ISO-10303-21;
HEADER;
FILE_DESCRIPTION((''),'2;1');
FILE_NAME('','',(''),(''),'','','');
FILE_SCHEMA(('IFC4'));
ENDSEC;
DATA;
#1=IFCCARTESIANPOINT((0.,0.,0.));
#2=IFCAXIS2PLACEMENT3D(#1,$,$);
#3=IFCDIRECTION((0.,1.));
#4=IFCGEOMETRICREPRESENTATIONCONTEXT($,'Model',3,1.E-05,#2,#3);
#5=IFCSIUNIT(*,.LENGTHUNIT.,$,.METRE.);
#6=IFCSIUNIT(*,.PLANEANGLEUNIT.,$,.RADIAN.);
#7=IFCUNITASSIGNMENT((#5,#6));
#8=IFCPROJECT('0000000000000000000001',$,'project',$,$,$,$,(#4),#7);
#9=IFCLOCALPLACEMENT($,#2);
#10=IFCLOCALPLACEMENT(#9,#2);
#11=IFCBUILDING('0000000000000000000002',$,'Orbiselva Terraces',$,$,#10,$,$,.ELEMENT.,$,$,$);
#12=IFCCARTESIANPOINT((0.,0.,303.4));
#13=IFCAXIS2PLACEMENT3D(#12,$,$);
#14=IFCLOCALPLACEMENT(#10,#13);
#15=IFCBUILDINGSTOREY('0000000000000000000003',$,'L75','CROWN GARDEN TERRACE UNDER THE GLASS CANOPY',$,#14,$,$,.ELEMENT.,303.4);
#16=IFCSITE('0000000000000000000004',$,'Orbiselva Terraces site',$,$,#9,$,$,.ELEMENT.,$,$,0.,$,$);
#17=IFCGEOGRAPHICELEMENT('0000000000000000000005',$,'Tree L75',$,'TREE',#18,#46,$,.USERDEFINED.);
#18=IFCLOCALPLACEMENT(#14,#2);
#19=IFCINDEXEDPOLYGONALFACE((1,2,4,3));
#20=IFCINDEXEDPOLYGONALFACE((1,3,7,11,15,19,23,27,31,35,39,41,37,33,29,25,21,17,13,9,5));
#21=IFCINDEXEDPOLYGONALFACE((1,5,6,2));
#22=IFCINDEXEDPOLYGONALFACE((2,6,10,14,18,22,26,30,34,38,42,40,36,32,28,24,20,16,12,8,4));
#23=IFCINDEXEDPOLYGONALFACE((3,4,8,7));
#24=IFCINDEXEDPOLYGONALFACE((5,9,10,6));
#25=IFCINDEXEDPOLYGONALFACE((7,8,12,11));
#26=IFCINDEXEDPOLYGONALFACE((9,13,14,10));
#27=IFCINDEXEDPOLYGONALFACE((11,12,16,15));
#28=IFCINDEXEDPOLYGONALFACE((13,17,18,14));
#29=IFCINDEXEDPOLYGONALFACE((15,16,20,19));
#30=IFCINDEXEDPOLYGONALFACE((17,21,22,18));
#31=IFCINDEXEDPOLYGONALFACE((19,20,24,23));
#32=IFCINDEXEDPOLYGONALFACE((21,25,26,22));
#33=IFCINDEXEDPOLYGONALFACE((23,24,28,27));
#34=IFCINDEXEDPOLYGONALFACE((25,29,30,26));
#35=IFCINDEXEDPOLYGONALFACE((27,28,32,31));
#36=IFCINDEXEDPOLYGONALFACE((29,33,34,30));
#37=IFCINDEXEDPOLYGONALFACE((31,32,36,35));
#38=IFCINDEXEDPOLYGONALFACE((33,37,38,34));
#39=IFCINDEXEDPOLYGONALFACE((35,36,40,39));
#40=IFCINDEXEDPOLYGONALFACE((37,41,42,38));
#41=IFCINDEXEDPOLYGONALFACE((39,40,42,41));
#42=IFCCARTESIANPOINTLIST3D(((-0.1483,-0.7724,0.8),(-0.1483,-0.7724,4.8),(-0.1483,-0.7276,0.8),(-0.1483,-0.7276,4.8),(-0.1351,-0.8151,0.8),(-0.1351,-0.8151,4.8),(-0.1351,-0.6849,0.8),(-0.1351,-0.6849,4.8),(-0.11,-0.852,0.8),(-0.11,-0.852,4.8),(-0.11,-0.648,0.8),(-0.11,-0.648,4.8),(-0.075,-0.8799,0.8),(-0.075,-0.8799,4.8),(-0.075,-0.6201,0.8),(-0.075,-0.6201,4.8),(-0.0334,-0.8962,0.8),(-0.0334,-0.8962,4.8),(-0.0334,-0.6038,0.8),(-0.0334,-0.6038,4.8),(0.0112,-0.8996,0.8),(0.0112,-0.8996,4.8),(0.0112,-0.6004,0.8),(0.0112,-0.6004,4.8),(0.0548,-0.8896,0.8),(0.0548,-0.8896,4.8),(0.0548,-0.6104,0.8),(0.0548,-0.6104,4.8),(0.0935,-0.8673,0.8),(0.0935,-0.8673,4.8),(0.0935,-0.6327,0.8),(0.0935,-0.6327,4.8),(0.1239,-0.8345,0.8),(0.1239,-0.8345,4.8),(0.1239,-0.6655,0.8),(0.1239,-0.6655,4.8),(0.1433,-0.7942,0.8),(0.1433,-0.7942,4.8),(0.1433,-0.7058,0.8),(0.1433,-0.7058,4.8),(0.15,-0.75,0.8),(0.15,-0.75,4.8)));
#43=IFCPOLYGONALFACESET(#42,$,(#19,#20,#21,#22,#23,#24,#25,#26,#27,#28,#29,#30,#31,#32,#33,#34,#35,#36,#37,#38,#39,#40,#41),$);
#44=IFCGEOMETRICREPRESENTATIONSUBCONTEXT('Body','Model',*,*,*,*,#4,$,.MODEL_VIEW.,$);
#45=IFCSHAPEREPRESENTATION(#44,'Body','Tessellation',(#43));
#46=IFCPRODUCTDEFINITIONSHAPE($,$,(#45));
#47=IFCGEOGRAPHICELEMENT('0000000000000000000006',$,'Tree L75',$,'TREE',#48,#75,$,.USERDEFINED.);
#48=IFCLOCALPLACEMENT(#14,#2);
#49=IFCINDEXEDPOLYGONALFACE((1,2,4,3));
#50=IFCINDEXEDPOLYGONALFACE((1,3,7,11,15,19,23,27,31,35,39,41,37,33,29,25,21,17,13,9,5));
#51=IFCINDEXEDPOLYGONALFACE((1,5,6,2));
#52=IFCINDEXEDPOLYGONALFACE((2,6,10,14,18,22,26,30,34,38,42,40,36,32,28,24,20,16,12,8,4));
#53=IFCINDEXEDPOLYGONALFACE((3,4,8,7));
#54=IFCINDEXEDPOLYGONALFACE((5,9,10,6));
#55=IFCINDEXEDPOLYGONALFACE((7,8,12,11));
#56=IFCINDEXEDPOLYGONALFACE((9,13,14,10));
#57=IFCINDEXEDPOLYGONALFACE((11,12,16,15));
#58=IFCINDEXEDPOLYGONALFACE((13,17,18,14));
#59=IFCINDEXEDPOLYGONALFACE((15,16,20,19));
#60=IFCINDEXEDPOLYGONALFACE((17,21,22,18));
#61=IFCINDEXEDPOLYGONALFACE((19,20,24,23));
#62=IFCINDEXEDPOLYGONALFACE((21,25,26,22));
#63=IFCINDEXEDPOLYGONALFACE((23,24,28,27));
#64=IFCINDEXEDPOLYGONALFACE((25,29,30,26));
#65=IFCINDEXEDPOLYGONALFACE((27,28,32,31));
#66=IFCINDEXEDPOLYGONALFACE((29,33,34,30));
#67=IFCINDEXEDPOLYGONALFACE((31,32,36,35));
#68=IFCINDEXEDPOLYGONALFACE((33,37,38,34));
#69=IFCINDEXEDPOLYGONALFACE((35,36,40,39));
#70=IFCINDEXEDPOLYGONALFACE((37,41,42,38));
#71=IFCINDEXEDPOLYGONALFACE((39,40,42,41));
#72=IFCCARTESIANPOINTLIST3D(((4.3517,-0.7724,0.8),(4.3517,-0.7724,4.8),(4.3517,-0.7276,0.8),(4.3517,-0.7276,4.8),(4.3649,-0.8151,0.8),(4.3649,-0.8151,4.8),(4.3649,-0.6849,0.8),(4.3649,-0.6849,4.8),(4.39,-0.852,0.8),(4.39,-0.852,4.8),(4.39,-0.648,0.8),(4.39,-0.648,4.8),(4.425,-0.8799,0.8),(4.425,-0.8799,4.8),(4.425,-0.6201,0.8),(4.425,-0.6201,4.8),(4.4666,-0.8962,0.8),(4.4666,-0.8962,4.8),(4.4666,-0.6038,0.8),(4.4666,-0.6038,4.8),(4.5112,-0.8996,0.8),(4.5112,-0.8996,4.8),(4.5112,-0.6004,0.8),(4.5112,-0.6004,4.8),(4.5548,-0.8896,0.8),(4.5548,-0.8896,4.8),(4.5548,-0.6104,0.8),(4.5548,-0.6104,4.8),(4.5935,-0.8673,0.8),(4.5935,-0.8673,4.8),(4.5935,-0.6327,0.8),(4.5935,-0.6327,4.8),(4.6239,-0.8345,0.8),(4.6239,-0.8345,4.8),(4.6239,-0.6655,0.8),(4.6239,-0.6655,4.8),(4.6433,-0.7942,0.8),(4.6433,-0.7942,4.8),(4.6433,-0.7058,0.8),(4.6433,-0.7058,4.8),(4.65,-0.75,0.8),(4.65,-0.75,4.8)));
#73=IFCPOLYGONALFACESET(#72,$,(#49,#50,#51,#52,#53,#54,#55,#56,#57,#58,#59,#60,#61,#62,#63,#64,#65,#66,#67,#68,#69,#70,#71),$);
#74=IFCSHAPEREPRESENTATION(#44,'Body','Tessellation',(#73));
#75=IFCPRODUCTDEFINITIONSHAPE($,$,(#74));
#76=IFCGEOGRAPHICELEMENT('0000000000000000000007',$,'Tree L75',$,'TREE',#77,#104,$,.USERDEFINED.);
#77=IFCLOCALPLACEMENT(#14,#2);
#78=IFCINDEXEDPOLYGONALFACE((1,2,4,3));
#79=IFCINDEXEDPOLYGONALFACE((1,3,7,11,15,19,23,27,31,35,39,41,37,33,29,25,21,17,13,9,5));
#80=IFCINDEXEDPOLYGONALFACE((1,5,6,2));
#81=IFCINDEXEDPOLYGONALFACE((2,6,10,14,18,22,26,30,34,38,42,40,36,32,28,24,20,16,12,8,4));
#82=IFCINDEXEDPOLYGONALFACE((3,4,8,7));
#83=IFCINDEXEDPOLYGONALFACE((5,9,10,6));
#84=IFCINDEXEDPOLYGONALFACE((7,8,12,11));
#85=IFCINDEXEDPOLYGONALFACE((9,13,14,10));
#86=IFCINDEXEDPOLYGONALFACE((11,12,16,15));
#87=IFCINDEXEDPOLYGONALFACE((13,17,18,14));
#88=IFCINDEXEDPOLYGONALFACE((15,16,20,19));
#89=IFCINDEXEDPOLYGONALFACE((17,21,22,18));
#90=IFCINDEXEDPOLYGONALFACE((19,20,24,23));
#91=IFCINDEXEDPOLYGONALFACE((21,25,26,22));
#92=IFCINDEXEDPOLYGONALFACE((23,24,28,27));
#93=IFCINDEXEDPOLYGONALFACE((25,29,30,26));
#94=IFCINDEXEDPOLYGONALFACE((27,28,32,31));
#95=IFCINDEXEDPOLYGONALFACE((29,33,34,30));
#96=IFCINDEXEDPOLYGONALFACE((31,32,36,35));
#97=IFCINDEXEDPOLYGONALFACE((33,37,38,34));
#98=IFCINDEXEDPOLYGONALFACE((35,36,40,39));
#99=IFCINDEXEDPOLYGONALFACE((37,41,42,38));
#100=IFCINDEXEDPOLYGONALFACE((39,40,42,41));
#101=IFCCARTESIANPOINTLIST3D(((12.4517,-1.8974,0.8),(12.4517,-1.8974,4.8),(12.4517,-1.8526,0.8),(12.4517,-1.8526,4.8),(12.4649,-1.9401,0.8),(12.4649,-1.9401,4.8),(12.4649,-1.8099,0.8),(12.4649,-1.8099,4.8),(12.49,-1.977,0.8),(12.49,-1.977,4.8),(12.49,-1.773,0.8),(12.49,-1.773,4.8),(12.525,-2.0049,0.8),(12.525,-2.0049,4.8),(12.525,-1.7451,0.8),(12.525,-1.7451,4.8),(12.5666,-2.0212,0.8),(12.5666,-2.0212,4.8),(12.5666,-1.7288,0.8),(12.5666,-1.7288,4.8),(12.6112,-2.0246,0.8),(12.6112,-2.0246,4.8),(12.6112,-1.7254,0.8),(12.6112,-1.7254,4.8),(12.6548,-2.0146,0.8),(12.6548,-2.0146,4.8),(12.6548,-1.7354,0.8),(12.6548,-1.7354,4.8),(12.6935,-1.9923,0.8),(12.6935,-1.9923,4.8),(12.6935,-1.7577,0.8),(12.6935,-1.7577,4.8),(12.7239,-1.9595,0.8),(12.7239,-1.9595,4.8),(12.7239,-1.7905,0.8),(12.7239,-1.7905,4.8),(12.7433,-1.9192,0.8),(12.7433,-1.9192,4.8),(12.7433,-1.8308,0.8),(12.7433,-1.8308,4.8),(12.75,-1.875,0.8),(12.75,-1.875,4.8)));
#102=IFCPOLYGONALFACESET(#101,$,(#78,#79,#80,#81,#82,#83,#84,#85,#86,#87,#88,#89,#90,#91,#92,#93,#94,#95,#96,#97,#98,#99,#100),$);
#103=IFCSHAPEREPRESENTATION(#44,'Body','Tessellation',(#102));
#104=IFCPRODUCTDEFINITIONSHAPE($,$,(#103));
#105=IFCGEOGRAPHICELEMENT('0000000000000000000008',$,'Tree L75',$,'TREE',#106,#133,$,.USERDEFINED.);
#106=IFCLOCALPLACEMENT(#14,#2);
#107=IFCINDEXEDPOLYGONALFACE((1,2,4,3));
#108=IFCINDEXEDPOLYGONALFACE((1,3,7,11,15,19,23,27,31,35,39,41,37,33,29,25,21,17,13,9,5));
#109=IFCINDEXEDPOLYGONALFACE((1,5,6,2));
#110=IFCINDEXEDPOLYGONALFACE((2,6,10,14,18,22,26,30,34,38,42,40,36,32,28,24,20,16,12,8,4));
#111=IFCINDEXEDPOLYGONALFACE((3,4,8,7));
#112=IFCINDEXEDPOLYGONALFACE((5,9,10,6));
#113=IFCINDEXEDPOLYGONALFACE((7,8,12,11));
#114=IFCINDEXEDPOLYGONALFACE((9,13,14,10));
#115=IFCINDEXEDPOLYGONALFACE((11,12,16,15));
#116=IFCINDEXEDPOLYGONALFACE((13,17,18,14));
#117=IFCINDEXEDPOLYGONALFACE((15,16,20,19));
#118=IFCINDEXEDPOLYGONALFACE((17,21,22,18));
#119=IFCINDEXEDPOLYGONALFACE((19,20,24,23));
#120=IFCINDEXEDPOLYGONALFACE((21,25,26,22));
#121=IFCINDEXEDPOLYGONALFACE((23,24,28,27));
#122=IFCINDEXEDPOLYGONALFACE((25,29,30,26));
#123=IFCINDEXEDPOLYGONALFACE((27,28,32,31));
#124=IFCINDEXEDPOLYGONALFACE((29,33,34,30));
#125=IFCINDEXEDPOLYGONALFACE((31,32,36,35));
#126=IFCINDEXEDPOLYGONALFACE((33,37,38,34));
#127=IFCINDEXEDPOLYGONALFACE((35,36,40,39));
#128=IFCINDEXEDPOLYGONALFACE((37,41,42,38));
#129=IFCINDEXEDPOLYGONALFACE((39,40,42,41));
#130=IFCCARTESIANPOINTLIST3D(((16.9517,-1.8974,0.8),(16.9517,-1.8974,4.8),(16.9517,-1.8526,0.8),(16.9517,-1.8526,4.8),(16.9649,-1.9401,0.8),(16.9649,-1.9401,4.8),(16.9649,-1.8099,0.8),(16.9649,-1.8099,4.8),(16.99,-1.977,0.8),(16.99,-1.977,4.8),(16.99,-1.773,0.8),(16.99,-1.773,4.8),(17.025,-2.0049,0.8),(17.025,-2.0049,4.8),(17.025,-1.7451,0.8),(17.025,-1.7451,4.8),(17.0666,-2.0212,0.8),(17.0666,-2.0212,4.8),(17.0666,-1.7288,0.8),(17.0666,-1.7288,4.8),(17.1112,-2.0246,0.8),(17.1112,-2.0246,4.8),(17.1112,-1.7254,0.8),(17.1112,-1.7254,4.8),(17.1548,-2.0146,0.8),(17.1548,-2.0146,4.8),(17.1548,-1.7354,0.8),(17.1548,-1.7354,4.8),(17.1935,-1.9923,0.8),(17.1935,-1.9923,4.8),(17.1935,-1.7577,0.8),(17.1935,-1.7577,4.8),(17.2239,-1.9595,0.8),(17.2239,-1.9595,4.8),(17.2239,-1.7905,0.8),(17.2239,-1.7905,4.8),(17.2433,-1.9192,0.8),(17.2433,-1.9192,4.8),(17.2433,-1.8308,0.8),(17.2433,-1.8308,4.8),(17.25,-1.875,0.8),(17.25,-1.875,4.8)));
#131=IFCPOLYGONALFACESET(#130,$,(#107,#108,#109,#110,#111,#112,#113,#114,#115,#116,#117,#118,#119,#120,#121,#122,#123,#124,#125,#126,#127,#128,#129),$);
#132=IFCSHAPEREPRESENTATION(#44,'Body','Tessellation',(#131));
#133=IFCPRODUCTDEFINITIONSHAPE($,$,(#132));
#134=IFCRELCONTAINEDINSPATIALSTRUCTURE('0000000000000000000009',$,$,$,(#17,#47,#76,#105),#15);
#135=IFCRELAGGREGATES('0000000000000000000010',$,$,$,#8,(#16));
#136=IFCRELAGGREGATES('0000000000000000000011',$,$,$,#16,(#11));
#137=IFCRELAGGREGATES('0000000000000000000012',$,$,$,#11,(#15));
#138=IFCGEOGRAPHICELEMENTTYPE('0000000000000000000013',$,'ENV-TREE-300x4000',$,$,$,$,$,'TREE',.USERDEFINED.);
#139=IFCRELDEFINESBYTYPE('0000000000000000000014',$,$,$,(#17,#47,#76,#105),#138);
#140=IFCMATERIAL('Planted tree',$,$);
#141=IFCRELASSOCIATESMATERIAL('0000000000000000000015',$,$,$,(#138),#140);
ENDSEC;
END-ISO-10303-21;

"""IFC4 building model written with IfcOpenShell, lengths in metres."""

from ifc_helpers import new_model, si_unit, direction, frame, origin, origin_2d, place, context, subcontext, project, spatial, circle, extrude, material, type_object, element, save


model = new_model("IFC4")

# Units and contexts
model_context = context("Model", 3, precision=1e-05, world=origin(), true_north=direction((0.0, 1.0)))
body_context = subcontext(model_context, "Body", "Model", "MODEL_VIEW")
ifc_project = project(units=[si_unit("LENGTHUNIT", "METRE"), si_unit("PLANEANGLEUNIT", "RADIAN")], contexts=[model_context])

# Site, building, storey
site_placement = place(None, origin())
site = spatial("IfcSite", under=ifc_project, at=site_placement, Name="Orbiselva Terraces site", CompositionType="ELEMENT", RefElevation=0.0)
building_placement = place(site_placement, origin())
building = spatial("IfcBuilding", under=site, at=building_placement, Name="Orbiselva Terraces", CompositionType="ELEMENT")
storey_placement = place(building_placement, frame((0.0, 0.0, 303.4)))
storey = spatial("IfcBuildingStorey", under=building, at=storey_placement, Name="L75", Description="CROWN GARDEN TERRACE UNDER THE GLASS CANOPY", CompositionType="ELEMENT", Elevation=303.4)

# Geographic elements
ifc_material_1 = material(Name="Planted tree")
geographic_element_type = type_object("IfcGeographicElementType", Name="ENV-TREE-300x4000", ElementType="TREE", PredefinedType="USERDEFINED", material=ifc_material_1)
for number, where, z_axis, x_axis, name in (
    (1, (0.0, -0.75, 4.8), (0.0, 0.0, -1.0), (1.0, 0.0, 0.0), "Tree L75"),
    (2, (4.5, -0.75, 4.8), (0.0, 0.0, -1.0), (1.0, 0.0, 0.0), "Tree L75"),
    (3, (12.6, -1.875, 4.8), (0.0, 0.0, -1.0), (1.0, 0.0, 0.0), "Tree L75"),
    (4, (17.1, -1.875, 4.8), (0.0, 0.0, -1.0), (1.0, 0.0, 0.0), "Tree L75"),
):
    element("IfcGeographicElement", number, at=place(storey_placement, frame(where, z_axis=z_axis, x_axis=x_axis)), inside=storey, type_object=geographic_element_type, Name=name, ObjectType="TREE", PredefinedType="USERDEFINED", context=body_context, shape_type="SweptSolid", body=[
        extrude(circle(Radius=0.15, at=origin_2d()), origin(), (0.0, 0.0, 1.0), 4.0),
    ])

save(model, "model.ifc")
